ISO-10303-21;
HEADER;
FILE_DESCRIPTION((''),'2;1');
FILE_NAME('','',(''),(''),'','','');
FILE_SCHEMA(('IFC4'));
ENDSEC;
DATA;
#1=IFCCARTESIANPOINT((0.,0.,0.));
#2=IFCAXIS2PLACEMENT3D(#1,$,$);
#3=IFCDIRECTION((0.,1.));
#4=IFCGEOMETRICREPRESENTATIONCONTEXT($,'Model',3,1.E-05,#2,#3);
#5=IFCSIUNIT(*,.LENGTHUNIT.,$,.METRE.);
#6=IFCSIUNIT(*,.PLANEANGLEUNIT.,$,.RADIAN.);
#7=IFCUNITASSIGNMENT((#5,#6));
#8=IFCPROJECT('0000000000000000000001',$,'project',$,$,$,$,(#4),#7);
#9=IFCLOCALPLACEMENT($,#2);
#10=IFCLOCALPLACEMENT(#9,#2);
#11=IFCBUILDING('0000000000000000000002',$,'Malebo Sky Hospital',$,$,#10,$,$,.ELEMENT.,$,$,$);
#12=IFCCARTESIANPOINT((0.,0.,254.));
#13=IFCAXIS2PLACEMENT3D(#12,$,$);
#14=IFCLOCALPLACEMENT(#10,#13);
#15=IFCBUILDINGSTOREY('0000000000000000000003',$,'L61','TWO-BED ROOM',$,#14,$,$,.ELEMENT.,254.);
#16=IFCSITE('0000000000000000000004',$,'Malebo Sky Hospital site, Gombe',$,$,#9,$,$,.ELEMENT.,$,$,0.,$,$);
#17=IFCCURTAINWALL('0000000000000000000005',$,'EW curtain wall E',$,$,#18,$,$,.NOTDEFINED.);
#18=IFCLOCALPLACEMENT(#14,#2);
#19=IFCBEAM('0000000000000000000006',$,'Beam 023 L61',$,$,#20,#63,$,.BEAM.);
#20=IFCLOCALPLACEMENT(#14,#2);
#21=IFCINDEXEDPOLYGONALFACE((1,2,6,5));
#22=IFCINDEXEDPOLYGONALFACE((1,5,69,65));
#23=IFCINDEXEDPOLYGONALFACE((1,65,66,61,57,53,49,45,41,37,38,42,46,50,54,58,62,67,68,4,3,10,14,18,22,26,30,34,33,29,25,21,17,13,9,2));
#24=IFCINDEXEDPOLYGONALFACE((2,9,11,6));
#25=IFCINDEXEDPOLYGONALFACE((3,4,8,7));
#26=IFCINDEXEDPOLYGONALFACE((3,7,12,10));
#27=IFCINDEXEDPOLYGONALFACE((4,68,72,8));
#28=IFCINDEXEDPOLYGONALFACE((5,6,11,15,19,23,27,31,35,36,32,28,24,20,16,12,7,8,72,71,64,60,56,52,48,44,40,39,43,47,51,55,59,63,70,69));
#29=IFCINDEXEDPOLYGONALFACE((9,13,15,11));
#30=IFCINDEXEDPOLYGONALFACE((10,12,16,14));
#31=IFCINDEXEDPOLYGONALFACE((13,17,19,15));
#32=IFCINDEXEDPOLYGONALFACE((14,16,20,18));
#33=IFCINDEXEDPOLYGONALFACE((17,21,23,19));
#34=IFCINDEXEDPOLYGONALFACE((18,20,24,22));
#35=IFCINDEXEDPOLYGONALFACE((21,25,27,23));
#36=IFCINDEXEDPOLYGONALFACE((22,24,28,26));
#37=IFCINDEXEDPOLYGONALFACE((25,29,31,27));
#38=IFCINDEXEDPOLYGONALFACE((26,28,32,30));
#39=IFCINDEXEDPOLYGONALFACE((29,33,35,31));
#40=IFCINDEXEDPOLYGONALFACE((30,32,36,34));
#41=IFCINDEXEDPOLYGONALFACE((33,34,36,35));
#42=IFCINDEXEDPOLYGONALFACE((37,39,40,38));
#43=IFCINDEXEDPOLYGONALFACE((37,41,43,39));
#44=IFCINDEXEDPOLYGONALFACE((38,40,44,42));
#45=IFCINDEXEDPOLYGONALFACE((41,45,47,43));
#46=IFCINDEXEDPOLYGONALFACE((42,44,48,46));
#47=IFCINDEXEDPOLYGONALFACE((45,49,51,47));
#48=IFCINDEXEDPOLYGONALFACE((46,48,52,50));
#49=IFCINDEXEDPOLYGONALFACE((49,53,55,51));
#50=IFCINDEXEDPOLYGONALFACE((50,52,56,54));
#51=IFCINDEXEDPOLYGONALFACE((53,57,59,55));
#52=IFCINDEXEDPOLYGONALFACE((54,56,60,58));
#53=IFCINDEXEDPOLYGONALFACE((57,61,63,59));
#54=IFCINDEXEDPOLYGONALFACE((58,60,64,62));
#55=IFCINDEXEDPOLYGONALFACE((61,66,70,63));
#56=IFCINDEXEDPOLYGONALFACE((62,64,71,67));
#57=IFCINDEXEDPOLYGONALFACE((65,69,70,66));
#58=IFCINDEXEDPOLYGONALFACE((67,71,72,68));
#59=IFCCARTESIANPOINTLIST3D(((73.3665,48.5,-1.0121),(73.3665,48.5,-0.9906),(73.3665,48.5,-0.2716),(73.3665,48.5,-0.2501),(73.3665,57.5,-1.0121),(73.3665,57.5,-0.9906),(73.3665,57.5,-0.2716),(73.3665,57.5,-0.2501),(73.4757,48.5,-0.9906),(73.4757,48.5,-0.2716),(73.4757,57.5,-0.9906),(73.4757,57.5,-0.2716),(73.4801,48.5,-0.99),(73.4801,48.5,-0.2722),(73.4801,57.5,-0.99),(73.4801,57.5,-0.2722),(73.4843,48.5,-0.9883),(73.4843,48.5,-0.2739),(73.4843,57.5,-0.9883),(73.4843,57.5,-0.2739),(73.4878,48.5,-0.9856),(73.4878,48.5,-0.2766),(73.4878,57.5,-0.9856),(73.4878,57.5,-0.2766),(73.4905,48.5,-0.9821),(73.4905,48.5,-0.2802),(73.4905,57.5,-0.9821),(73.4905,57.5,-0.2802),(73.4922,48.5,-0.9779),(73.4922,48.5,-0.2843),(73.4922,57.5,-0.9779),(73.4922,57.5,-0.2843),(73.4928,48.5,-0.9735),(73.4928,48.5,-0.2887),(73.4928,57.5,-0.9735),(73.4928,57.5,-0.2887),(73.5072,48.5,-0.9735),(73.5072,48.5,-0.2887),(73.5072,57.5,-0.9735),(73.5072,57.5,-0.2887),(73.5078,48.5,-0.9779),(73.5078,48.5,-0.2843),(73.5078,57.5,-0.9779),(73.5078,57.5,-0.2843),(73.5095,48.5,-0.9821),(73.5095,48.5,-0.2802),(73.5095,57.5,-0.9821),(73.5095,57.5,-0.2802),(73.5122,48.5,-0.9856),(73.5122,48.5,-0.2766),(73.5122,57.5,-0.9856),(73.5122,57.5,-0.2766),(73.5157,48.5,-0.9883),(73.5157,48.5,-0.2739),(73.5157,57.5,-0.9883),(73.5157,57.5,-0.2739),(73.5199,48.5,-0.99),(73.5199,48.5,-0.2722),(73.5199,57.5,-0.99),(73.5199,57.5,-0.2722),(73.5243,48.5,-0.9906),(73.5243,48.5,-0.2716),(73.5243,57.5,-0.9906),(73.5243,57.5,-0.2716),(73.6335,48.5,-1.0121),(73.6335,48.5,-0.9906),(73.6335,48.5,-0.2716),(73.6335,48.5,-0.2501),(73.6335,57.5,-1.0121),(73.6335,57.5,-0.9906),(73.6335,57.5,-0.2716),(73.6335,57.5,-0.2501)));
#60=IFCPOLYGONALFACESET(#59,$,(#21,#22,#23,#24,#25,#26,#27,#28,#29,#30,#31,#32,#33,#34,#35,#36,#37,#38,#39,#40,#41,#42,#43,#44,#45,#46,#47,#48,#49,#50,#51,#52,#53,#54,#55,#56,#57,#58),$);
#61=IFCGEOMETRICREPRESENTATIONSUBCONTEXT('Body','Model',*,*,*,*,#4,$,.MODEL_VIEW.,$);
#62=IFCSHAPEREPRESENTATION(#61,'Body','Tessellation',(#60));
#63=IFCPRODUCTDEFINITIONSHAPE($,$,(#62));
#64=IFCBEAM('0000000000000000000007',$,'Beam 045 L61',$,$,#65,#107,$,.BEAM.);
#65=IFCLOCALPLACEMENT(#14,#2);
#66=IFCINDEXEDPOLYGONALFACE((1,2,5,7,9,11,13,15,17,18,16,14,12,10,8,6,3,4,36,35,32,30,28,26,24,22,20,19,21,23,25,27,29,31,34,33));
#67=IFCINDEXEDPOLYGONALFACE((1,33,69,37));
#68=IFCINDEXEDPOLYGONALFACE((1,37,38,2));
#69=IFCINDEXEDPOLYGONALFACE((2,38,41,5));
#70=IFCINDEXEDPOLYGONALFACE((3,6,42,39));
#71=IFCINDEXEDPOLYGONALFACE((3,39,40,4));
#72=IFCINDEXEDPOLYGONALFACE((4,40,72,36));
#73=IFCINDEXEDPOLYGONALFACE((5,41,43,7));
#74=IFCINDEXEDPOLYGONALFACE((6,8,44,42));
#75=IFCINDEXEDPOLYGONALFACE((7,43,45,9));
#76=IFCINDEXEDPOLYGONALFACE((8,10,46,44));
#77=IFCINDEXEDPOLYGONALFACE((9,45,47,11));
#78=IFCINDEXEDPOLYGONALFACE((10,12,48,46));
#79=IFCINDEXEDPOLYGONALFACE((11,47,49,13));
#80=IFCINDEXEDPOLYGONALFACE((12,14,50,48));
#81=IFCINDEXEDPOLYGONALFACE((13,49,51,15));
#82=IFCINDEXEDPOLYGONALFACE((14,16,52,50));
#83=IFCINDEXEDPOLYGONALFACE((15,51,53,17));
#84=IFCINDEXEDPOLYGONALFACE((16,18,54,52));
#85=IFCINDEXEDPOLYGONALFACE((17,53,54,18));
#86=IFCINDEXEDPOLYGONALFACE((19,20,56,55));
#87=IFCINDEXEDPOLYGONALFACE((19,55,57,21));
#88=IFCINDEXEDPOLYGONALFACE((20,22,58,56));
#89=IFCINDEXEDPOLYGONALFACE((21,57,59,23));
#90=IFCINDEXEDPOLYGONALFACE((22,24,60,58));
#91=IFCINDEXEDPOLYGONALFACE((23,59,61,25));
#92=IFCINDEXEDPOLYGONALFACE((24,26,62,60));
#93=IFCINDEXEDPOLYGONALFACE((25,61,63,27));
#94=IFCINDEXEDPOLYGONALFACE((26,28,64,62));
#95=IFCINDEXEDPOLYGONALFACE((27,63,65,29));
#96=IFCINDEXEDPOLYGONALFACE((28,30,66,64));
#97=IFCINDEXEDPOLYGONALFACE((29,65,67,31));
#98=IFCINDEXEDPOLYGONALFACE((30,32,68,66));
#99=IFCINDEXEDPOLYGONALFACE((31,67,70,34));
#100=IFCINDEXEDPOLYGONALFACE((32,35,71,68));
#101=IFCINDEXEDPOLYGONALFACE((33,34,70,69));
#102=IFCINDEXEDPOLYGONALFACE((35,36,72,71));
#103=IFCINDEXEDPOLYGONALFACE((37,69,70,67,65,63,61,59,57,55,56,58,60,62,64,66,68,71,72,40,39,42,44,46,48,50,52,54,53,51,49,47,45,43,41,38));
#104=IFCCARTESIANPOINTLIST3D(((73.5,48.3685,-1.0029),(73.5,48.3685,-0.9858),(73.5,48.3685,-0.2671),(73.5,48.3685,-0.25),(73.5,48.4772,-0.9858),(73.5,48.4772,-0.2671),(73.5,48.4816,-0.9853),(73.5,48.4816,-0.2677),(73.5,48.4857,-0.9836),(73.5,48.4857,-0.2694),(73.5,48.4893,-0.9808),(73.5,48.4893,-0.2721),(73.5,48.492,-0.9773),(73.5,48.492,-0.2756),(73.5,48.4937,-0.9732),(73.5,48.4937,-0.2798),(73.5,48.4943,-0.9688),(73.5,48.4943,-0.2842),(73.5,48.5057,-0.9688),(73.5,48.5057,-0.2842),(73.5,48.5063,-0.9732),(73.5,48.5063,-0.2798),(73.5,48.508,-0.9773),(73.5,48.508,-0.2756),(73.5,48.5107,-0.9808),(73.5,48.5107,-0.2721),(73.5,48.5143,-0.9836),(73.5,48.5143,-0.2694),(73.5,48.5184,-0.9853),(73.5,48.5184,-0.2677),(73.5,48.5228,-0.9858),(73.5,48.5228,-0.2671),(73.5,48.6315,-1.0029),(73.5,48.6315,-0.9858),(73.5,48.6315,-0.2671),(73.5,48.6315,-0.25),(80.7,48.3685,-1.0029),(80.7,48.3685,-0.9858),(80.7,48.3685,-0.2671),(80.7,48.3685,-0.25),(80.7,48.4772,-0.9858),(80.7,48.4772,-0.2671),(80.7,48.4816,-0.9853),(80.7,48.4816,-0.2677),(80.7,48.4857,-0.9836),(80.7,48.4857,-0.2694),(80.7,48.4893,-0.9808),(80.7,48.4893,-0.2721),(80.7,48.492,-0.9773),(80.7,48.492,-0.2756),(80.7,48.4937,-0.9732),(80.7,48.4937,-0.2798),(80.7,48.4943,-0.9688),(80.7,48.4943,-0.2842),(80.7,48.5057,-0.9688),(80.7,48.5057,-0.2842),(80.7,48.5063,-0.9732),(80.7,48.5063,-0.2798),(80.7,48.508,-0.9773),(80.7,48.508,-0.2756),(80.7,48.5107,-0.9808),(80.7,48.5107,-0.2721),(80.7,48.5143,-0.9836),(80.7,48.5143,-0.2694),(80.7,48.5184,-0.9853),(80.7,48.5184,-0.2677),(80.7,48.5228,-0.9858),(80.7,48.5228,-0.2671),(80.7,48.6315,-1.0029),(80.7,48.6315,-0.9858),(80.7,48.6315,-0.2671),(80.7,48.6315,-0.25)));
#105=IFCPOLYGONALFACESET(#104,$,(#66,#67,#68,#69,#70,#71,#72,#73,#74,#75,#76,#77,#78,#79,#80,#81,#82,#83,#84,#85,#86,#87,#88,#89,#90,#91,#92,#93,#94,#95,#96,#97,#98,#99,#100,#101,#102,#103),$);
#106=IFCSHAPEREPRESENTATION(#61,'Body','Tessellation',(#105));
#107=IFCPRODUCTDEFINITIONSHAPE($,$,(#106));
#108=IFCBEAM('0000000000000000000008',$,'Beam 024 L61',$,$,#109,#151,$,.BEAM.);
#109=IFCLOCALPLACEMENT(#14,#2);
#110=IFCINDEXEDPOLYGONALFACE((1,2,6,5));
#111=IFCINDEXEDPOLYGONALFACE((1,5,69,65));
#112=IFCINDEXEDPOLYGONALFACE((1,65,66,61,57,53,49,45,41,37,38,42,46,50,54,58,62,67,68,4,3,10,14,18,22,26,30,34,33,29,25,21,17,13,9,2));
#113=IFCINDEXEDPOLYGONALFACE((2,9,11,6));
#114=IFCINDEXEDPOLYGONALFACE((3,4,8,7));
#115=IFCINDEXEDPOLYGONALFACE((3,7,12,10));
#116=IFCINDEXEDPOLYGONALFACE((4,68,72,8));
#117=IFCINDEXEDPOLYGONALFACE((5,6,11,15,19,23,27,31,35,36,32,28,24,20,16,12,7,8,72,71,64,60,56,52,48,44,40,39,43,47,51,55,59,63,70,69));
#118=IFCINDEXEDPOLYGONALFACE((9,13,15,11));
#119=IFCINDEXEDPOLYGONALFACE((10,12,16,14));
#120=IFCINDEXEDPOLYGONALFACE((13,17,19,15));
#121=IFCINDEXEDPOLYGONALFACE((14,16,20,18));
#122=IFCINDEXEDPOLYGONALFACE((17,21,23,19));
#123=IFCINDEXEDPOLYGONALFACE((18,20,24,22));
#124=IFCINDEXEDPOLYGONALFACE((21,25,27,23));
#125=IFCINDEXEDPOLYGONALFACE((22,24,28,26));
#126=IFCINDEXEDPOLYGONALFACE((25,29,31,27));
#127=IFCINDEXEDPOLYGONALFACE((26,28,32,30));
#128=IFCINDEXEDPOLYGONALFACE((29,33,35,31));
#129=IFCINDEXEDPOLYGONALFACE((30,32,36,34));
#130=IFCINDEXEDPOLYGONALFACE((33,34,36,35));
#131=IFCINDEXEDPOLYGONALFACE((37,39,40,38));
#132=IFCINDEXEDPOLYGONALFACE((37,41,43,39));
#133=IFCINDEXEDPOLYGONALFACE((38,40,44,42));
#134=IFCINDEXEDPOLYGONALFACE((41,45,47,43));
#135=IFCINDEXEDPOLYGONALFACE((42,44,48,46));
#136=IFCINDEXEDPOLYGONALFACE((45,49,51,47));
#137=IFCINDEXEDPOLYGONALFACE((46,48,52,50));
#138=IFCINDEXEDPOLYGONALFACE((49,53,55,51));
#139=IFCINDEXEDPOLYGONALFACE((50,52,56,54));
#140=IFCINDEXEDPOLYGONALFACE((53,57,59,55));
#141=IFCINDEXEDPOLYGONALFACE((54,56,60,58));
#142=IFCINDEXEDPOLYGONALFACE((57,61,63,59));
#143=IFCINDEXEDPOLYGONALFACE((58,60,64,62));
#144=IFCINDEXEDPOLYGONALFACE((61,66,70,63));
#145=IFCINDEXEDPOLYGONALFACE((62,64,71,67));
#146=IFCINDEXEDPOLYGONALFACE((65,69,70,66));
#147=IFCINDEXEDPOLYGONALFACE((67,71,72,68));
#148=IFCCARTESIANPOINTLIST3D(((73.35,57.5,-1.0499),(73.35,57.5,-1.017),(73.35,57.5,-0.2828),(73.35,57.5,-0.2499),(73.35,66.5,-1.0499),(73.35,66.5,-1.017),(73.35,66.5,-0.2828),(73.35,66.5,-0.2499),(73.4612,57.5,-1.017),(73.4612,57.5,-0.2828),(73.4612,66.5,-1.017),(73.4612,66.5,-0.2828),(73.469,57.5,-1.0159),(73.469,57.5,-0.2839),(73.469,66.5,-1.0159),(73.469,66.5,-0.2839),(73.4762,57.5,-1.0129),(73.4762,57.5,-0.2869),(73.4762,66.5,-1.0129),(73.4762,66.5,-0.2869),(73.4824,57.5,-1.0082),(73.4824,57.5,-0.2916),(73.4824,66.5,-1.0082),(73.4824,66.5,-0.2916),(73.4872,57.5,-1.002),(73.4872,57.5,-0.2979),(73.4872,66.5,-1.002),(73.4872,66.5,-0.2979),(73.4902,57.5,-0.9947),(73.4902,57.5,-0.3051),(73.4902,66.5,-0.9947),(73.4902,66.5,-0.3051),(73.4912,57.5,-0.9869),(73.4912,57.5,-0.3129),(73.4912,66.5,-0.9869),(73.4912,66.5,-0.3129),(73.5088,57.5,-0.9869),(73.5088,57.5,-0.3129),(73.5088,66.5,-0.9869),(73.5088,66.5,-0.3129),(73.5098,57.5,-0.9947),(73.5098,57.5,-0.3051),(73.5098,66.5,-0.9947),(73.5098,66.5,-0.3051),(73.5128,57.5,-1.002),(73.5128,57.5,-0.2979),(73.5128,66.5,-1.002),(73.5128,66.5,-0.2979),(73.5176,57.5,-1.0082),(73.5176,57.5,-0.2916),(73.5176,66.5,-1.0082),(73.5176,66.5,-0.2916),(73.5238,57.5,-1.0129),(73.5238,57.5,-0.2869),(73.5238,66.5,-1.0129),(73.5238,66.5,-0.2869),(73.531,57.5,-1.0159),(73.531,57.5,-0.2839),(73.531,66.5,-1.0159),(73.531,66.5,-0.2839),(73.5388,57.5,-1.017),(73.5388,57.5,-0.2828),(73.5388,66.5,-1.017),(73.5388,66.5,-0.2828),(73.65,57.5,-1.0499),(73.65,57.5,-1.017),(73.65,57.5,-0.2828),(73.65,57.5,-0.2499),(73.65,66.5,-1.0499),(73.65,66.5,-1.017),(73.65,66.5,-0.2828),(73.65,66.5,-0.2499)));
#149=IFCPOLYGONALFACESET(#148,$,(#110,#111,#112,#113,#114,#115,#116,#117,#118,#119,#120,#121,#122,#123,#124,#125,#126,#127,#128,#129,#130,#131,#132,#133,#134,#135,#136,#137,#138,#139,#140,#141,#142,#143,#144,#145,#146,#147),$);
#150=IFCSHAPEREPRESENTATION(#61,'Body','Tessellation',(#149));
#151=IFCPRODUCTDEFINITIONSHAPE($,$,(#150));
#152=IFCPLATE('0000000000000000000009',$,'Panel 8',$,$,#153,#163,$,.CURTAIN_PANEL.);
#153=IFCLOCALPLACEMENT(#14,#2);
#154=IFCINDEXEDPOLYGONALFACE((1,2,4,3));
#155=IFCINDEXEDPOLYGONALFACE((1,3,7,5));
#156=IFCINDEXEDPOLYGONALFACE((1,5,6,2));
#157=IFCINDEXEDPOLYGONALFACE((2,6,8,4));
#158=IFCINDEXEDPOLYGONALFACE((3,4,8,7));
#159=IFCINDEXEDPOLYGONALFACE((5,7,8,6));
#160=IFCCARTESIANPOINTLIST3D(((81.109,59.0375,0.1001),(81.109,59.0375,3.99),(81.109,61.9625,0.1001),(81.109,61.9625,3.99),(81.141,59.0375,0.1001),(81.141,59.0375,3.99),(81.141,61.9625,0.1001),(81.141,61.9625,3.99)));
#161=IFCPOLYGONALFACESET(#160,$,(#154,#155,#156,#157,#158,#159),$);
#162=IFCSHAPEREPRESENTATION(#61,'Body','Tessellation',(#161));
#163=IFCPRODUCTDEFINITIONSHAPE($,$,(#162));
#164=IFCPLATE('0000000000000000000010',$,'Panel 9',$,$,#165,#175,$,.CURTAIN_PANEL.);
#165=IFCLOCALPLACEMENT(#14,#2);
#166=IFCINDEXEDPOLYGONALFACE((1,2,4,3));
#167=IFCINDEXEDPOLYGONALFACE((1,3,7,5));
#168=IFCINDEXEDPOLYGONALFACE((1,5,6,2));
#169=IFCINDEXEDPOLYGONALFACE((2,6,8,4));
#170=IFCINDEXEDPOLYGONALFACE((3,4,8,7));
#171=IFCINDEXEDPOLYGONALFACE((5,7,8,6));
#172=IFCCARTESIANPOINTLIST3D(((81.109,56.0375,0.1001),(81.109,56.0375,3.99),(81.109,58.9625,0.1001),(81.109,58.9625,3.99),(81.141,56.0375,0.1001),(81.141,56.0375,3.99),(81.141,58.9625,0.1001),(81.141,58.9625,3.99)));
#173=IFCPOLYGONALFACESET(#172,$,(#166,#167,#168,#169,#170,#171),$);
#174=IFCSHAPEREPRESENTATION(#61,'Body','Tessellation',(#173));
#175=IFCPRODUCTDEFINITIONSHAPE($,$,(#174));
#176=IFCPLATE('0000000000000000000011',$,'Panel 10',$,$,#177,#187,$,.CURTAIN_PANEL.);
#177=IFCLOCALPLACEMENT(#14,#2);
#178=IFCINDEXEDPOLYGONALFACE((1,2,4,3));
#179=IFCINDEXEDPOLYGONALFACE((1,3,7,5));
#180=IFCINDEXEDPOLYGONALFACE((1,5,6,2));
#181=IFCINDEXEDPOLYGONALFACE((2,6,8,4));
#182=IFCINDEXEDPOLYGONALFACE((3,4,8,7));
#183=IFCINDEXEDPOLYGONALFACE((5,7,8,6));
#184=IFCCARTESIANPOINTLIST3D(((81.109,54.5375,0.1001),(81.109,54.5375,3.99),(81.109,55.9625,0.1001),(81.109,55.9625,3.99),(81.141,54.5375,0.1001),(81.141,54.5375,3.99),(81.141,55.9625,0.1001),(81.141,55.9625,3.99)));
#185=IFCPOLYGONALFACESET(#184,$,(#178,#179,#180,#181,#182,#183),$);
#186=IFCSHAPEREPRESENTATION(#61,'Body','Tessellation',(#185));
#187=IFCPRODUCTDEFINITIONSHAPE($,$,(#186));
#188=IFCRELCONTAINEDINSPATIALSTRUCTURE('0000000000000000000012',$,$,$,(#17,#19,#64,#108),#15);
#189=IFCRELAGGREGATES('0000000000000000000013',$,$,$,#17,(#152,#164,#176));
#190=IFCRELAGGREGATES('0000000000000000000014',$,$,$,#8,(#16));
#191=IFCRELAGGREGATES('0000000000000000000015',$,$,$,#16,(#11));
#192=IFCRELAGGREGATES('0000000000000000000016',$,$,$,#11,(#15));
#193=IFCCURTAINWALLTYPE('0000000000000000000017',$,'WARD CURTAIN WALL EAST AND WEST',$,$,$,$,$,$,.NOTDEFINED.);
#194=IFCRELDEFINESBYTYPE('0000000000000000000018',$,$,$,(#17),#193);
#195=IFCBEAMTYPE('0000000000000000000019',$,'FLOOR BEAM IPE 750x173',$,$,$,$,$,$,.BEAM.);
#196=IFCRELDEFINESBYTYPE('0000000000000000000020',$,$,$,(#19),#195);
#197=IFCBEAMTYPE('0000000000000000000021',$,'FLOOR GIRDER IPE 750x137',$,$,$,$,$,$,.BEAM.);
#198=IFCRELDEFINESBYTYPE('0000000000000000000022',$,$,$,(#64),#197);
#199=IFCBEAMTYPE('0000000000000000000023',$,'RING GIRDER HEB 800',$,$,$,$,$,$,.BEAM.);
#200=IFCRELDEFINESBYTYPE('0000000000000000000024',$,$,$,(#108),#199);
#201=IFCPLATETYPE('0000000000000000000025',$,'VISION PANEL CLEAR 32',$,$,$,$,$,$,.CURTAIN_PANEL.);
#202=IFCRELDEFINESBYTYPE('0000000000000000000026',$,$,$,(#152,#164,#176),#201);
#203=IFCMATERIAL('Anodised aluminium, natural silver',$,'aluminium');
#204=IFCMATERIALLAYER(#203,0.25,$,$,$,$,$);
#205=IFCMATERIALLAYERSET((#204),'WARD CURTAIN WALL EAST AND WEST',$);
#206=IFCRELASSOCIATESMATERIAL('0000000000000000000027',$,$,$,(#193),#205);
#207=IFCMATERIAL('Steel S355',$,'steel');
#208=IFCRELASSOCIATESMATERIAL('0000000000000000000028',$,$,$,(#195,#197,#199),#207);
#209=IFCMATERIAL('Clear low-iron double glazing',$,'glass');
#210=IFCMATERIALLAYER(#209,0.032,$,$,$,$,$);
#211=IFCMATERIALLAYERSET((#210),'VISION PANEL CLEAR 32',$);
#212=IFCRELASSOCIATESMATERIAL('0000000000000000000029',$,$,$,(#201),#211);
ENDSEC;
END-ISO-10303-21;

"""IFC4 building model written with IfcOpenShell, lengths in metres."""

from ifc_helpers import new_model, si_unit, direction, frame, origin, origin_2d, place, context, subcontext, project, spatial, rectangle, i_section, extrude, material, layer, layer_set, material_profile, profile_set, type_object, element, aggregate, save


model = new_model("IFC4")

# Units and contexts
model_context = context("Model", 3, precision=1e-05, world=origin(), true_north=direction((0.0, 1.0)))
body_context = subcontext(model_context, "Body", "Model", "MODEL_VIEW")
ifc_project = project(units=[si_unit("LENGTHUNIT", "METRE"), si_unit("PLANEANGLEUNIT", "RADIAN")], contexts=[model_context])

# Site, building, storey
site_placement = place(None, origin())
site = spatial("IfcSite", under=ifc_project, at=site_placement, Name="Malebo Sky Hospital site, Gombe", CompositionType="ELEMENT", RefElevation=0.0)
building_placement = place(site_placement, origin())
building = spatial("IfcBuilding", under=site, at=building_placement, Name="Malebo Sky Hospital", CompositionType="ELEMENT")
storey_placement = place(building_placement, frame((0.0, 0.0, 254.0)))
storey = spatial("IfcBuildingStorey", under=building, at=storey_placement, Name="L61", Description="TWO-BED ROOM", CompositionType="ELEMENT", Elevation=254.0)

# Curtain wall
ifc_material_1 = material(Name="Anodised aluminium, natural silver", Category="aluminium")
ifc_layer_1 = layer(ifc_material_1, 0.25)
ifc_layer_set_1 = layer_set([ifc_layer_1], Name="WARD CURTAIN WALL EAST AND WEST")
curtain_wall_type = type_object("IfcCurtainWallType", Name="WARD CURTAIN WALL EAST AND WEST", PredefinedType="NOTDEFINED", material=ifc_layer_set_1)
curtain_wall_placement = place(storey_placement, origin())
curtain_wall = element("IfcCurtainWall", 1, at=curtain_wall_placement, inside=storey, type_object=curtain_wall_type, Name="EW curtain wall E", PredefinedType="NOTDEFINED")

# Beams
ifc_material_2 = material(Name="Steel S355", Category="steel")
ifc_material_profile_1 = material_profile(ifc_material_2, i_section(OverallWidth=0.2671, OverallDepth=0.762, WebThickness=0.0144, FlangeThickness=0.0215, FilletRadius=0.0171, at=origin_2d()), Name="IPE 750x173")
ifc_profile_set_1 = profile_set([ifc_material_profile_1], Name="Steel S355")
beam_type_1 = type_object("IfcBeamType", Name="FLOOR BEAM IPE 750x173", PredefinedType="BEAM", material=ifc_profile_set_1)
beam_1_placement = place(storey_placement, frame((73.5, 48.5, -0.6311), z_axis=(0.0, 1.0, 0.0), x_axis=(-1.0, 0.0, 0.0)))
element("IfcBeam", 2, at=beam_1_placement, inside=storey, type_object=beam_type_1, Name="Beam 023 L61", PredefinedType="BEAM", context=body_context, shape_type="SweptSolid", body=[
    extrude(i_section(OverallWidth=0.2671, OverallDepth=0.762, WebThickness=0.0144, FlangeThickness=0.0215, FilletRadius=0.0171, at=origin_2d()), origin(), (0.0, 0.0, 1.0), 9.0),
])
ifc_material_profile_2 = material_profile(ifc_material_2, i_section(OverallWidth=0.2629, OverallDepth=0.7529, WebThickness=0.0115, FlangeThickness=0.0171, FilletRadius=0.0171, at=origin_2d()), Name="IPE 750x137")
ifc_profile_set_2 = profile_set([ifc_material_profile_2], Name="Steel S355")
beam_type_2 = type_object("IfcBeamType", Name="FLOOR GIRDER IPE 750x137", PredefinedType="BEAM", material=ifc_profile_set_2)
beam_2_placement = place(storey_placement, frame((73.5, 48.5, -0.6265), z_axis=(1.0, 0.0, 0.0), x_axis=(0.0, 1.0, 0.0)))
element("IfcBeam", 3, at=beam_2_placement, inside=storey, type_object=beam_type_2, Name="Beam 045 L61", PredefinedType="BEAM", context=body_context, shape_type="SweptSolid", body=[
    extrude(i_section(OverallWidth=0.2629, OverallDepth=0.7529, WebThickness=0.0115, FlangeThickness=0.0171, FilletRadius=0.0171, at=origin_2d()), origin(), (0.0, 0.0, 1.0), 7.2),
])
ifc_material_profile_3 = material_profile(ifc_material_2, i_section(OverallWidth=0.3, OverallDepth=0.8, WebThickness=0.0176, FlangeThickness=0.033, FilletRadius=0.03, at=origin_2d()), Name="HEB 800")
ifc_profile_set_3 = profile_set([ifc_material_profile_3], Name="Steel S355")
beam_type_3 = type_object("IfcBeamType", Name="RING GIRDER HEB 800", PredefinedType="BEAM", material=ifc_profile_set_3)
beam_3_placement = place(storey_placement, frame((73.5, 57.5, -0.6499), z_axis=(0.0, 1.0, 0.0), x_axis=(-1.0, 0.0, 0.0)))
element("IfcBeam", 4, at=beam_3_placement, inside=storey, type_object=beam_type_3, Name="Beam 024 L61", PredefinedType="BEAM", context=body_context, shape_type="SweptSolid", body=[
    extrude(i_section(OverallWidth=0.3, OverallDepth=0.8, WebThickness=0.0176, FlangeThickness=0.033, FilletRadius=0.03, at=origin_2d()), origin(), (0.0, 0.0, 1.0), 9.0),
])

# Plates
ifc_material_3 = material(Name="Clear low-iron double glazing", Category="glass")
ifc_layer_2 = layer(ifc_material_3, 0.032)
ifc_layer_set_2 = layer_set([ifc_layer_2], Name="VISION PANEL CLEAR 32")
plate_type = type_object("IfcPlateType", Name="VISION PANEL CLEAR 32", PredefinedType="CURTAIN_PANEL", material=ifc_layer_set_2)
plate_1_placement = place(storey_placement, frame((81.125, 60.5, 0.1001), z_axis=(0.0, 0.0, 1.0), x_axis=(0.0, -1.0, 0.0)))
plate_1 = element("IfcPlate", 5, at=plate_1_placement, type_object=plate_type, Name="Panel 8", PredefinedType="CURTAIN_PANEL", context=body_context, shape_type="SweptSolid", body=[
    extrude(rectangle(XDim=2.925, YDim=0.032, at=origin_2d()), origin(), (0.0, 0.0, 1.0), 3.8899),
])
plate_2_placement = place(storey_placement, frame((81.125, 57.5, 0.1001), z_axis=(0.0, 0.0, 1.0), x_axis=(0.0, -1.0, 0.0)))
plate_2 = element("IfcPlate", 6, at=plate_2_placement, type_object=plate_type, Name="Panel 9", PredefinedType="CURTAIN_PANEL", context=body_context, shape_type="SweptSolid", body=[
    extrude(rectangle(XDim=2.925, YDim=0.032, at=origin_2d()), origin(), (0.0, 0.0, 1.0), 3.8899),
])
plate_3_placement = place(storey_placement, frame((81.125, 55.25, 0.1001), z_axis=(0.0, 0.0, 1.0), x_axis=(0.0, -1.0, 0.0)))
plate_3 = element("IfcPlate", 7, at=plate_3_placement, type_object=plate_type, Name="Panel 10", PredefinedType="CURTAIN_PANEL", context=body_context, shape_type="SweptSolid", body=[
    extrude(rectangle(XDim=1.425, YDim=0.032, at=origin_2d()), origin(), (0.0, 0.0, 1.0), 3.8899),
])
aggregate(curtain_wall, [plate_1, plate_2, plate_3])

save(model, "model.ifc")
